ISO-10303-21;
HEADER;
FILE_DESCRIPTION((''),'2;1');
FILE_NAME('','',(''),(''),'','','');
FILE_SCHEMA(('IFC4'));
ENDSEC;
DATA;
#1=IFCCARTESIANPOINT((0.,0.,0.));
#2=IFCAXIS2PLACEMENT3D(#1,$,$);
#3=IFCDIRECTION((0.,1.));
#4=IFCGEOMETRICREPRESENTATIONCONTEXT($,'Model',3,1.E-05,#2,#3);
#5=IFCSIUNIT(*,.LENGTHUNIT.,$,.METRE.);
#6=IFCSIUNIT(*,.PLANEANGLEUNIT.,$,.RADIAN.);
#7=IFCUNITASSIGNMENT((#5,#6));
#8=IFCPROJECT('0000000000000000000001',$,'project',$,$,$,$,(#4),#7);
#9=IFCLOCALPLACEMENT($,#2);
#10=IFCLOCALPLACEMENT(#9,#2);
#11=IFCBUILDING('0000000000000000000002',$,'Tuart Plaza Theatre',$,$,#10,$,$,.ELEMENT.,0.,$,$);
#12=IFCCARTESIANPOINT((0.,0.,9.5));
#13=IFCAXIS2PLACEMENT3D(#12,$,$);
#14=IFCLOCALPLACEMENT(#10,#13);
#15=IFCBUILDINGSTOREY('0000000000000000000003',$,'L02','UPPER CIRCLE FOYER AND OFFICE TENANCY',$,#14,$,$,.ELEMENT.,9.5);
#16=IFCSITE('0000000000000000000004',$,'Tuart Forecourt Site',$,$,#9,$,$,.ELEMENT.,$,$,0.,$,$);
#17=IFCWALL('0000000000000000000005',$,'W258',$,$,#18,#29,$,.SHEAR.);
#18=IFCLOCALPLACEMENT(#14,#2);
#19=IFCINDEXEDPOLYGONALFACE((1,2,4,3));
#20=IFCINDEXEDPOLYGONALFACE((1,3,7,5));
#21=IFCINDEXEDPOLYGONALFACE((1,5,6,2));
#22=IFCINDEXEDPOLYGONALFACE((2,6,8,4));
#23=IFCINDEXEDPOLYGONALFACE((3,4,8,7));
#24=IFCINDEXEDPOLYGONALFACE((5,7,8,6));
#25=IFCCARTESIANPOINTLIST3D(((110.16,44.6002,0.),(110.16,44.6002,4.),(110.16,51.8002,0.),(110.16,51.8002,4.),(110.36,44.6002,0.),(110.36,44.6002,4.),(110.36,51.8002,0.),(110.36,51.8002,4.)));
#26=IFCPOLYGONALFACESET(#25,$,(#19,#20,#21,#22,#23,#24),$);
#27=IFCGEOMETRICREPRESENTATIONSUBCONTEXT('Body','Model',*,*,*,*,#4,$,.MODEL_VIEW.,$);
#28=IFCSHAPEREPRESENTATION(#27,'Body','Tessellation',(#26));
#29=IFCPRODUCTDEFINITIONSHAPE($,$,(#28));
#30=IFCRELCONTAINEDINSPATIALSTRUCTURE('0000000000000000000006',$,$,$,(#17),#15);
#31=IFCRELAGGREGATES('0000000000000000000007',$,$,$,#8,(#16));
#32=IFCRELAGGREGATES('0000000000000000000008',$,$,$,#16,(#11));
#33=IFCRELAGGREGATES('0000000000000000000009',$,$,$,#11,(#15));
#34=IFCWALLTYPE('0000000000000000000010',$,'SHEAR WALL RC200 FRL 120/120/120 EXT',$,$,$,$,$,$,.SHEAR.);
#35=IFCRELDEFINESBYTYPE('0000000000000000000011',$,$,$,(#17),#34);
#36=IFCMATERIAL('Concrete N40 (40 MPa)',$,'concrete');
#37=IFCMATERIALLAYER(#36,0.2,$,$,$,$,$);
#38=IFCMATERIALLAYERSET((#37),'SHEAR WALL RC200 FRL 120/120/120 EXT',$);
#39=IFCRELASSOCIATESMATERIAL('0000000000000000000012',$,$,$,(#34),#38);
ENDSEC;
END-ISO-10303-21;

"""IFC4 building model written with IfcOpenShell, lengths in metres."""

from ifc_helpers import new_model, si_unit, direction, frame, frame_2d, origin, place, context, subcontext, project, spatial, rectangle, extrude, material, layer, layer_set, type_object, element, save


model = new_model("IFC4")

# Units and contexts
model_context = context("Model", 3, precision=1e-05, world=origin(), true_north=direction((0.0, 1.0)))
body_context = subcontext(model_context, "Body", "Model", "MODEL_VIEW")
ifc_project = project(units=[si_unit("LENGTHUNIT", "METRE"), si_unit("PLANEANGLEUNIT", "RADIAN")], contexts=[model_context])

# Site, building, storey
site_placement = place(None, origin())
site = spatial("IfcSite", under=ifc_project, at=site_placement, Name="Tuart Forecourt Site", CompositionType="ELEMENT", RefElevation=0.0)
building_placement = place(site_placement, origin())
building = spatial("IfcBuilding", under=site, at=building_placement, Name="Tuart Plaza Theatre", CompositionType="ELEMENT", ElevationOfRefHeight=0.0)
storey_placement = place(building_placement, frame((0.0, 0.0, 9.5)))
storey = spatial("IfcBuildingStorey", under=building, at=storey_placement, Name="L02", Description="UPPER CIRCLE FOYER AND OFFICE TENANCY", CompositionType="ELEMENT", Elevation=9.5)

# Wall
ifc_material_1 = material(Name="Concrete N40 (40 MPa)", Category="concrete")
ifc_layer_1 = layer(ifc_material_1, 0.2)
ifc_layer_set_1 = layer_set([ifc_layer_1], Name="SHEAR WALL RC200 FRL 120/120/120 EXT")
wall_type_1 = type_object("IfcWallType", Name="SHEAR WALL RC200 FRL 120/120/120 EXT", PredefinedType="SHEAR", material=ifc_layer_set_1)
wall_1_placement = place(storey_placement, frame((110.26, 44.6001, 0.0), z_axis=(0.0, 0.0, 1.0), x_axis=(0.0, 1.0, 0.0)))
element("IfcWall", 1, at=wall_1_placement, inside=storey, type_object=wall_type_1, Name="W258", PredefinedType="SHEAR", context=body_context, shape_type="SweptSolid", body=[
    extrude(rectangle(XDim=7.2, YDim=0.2, at=frame_2d((3.6001, 0.0))), origin(), (0.0, 0.0, 1.0), 4.0),
])

save(model, "model.ifc")
